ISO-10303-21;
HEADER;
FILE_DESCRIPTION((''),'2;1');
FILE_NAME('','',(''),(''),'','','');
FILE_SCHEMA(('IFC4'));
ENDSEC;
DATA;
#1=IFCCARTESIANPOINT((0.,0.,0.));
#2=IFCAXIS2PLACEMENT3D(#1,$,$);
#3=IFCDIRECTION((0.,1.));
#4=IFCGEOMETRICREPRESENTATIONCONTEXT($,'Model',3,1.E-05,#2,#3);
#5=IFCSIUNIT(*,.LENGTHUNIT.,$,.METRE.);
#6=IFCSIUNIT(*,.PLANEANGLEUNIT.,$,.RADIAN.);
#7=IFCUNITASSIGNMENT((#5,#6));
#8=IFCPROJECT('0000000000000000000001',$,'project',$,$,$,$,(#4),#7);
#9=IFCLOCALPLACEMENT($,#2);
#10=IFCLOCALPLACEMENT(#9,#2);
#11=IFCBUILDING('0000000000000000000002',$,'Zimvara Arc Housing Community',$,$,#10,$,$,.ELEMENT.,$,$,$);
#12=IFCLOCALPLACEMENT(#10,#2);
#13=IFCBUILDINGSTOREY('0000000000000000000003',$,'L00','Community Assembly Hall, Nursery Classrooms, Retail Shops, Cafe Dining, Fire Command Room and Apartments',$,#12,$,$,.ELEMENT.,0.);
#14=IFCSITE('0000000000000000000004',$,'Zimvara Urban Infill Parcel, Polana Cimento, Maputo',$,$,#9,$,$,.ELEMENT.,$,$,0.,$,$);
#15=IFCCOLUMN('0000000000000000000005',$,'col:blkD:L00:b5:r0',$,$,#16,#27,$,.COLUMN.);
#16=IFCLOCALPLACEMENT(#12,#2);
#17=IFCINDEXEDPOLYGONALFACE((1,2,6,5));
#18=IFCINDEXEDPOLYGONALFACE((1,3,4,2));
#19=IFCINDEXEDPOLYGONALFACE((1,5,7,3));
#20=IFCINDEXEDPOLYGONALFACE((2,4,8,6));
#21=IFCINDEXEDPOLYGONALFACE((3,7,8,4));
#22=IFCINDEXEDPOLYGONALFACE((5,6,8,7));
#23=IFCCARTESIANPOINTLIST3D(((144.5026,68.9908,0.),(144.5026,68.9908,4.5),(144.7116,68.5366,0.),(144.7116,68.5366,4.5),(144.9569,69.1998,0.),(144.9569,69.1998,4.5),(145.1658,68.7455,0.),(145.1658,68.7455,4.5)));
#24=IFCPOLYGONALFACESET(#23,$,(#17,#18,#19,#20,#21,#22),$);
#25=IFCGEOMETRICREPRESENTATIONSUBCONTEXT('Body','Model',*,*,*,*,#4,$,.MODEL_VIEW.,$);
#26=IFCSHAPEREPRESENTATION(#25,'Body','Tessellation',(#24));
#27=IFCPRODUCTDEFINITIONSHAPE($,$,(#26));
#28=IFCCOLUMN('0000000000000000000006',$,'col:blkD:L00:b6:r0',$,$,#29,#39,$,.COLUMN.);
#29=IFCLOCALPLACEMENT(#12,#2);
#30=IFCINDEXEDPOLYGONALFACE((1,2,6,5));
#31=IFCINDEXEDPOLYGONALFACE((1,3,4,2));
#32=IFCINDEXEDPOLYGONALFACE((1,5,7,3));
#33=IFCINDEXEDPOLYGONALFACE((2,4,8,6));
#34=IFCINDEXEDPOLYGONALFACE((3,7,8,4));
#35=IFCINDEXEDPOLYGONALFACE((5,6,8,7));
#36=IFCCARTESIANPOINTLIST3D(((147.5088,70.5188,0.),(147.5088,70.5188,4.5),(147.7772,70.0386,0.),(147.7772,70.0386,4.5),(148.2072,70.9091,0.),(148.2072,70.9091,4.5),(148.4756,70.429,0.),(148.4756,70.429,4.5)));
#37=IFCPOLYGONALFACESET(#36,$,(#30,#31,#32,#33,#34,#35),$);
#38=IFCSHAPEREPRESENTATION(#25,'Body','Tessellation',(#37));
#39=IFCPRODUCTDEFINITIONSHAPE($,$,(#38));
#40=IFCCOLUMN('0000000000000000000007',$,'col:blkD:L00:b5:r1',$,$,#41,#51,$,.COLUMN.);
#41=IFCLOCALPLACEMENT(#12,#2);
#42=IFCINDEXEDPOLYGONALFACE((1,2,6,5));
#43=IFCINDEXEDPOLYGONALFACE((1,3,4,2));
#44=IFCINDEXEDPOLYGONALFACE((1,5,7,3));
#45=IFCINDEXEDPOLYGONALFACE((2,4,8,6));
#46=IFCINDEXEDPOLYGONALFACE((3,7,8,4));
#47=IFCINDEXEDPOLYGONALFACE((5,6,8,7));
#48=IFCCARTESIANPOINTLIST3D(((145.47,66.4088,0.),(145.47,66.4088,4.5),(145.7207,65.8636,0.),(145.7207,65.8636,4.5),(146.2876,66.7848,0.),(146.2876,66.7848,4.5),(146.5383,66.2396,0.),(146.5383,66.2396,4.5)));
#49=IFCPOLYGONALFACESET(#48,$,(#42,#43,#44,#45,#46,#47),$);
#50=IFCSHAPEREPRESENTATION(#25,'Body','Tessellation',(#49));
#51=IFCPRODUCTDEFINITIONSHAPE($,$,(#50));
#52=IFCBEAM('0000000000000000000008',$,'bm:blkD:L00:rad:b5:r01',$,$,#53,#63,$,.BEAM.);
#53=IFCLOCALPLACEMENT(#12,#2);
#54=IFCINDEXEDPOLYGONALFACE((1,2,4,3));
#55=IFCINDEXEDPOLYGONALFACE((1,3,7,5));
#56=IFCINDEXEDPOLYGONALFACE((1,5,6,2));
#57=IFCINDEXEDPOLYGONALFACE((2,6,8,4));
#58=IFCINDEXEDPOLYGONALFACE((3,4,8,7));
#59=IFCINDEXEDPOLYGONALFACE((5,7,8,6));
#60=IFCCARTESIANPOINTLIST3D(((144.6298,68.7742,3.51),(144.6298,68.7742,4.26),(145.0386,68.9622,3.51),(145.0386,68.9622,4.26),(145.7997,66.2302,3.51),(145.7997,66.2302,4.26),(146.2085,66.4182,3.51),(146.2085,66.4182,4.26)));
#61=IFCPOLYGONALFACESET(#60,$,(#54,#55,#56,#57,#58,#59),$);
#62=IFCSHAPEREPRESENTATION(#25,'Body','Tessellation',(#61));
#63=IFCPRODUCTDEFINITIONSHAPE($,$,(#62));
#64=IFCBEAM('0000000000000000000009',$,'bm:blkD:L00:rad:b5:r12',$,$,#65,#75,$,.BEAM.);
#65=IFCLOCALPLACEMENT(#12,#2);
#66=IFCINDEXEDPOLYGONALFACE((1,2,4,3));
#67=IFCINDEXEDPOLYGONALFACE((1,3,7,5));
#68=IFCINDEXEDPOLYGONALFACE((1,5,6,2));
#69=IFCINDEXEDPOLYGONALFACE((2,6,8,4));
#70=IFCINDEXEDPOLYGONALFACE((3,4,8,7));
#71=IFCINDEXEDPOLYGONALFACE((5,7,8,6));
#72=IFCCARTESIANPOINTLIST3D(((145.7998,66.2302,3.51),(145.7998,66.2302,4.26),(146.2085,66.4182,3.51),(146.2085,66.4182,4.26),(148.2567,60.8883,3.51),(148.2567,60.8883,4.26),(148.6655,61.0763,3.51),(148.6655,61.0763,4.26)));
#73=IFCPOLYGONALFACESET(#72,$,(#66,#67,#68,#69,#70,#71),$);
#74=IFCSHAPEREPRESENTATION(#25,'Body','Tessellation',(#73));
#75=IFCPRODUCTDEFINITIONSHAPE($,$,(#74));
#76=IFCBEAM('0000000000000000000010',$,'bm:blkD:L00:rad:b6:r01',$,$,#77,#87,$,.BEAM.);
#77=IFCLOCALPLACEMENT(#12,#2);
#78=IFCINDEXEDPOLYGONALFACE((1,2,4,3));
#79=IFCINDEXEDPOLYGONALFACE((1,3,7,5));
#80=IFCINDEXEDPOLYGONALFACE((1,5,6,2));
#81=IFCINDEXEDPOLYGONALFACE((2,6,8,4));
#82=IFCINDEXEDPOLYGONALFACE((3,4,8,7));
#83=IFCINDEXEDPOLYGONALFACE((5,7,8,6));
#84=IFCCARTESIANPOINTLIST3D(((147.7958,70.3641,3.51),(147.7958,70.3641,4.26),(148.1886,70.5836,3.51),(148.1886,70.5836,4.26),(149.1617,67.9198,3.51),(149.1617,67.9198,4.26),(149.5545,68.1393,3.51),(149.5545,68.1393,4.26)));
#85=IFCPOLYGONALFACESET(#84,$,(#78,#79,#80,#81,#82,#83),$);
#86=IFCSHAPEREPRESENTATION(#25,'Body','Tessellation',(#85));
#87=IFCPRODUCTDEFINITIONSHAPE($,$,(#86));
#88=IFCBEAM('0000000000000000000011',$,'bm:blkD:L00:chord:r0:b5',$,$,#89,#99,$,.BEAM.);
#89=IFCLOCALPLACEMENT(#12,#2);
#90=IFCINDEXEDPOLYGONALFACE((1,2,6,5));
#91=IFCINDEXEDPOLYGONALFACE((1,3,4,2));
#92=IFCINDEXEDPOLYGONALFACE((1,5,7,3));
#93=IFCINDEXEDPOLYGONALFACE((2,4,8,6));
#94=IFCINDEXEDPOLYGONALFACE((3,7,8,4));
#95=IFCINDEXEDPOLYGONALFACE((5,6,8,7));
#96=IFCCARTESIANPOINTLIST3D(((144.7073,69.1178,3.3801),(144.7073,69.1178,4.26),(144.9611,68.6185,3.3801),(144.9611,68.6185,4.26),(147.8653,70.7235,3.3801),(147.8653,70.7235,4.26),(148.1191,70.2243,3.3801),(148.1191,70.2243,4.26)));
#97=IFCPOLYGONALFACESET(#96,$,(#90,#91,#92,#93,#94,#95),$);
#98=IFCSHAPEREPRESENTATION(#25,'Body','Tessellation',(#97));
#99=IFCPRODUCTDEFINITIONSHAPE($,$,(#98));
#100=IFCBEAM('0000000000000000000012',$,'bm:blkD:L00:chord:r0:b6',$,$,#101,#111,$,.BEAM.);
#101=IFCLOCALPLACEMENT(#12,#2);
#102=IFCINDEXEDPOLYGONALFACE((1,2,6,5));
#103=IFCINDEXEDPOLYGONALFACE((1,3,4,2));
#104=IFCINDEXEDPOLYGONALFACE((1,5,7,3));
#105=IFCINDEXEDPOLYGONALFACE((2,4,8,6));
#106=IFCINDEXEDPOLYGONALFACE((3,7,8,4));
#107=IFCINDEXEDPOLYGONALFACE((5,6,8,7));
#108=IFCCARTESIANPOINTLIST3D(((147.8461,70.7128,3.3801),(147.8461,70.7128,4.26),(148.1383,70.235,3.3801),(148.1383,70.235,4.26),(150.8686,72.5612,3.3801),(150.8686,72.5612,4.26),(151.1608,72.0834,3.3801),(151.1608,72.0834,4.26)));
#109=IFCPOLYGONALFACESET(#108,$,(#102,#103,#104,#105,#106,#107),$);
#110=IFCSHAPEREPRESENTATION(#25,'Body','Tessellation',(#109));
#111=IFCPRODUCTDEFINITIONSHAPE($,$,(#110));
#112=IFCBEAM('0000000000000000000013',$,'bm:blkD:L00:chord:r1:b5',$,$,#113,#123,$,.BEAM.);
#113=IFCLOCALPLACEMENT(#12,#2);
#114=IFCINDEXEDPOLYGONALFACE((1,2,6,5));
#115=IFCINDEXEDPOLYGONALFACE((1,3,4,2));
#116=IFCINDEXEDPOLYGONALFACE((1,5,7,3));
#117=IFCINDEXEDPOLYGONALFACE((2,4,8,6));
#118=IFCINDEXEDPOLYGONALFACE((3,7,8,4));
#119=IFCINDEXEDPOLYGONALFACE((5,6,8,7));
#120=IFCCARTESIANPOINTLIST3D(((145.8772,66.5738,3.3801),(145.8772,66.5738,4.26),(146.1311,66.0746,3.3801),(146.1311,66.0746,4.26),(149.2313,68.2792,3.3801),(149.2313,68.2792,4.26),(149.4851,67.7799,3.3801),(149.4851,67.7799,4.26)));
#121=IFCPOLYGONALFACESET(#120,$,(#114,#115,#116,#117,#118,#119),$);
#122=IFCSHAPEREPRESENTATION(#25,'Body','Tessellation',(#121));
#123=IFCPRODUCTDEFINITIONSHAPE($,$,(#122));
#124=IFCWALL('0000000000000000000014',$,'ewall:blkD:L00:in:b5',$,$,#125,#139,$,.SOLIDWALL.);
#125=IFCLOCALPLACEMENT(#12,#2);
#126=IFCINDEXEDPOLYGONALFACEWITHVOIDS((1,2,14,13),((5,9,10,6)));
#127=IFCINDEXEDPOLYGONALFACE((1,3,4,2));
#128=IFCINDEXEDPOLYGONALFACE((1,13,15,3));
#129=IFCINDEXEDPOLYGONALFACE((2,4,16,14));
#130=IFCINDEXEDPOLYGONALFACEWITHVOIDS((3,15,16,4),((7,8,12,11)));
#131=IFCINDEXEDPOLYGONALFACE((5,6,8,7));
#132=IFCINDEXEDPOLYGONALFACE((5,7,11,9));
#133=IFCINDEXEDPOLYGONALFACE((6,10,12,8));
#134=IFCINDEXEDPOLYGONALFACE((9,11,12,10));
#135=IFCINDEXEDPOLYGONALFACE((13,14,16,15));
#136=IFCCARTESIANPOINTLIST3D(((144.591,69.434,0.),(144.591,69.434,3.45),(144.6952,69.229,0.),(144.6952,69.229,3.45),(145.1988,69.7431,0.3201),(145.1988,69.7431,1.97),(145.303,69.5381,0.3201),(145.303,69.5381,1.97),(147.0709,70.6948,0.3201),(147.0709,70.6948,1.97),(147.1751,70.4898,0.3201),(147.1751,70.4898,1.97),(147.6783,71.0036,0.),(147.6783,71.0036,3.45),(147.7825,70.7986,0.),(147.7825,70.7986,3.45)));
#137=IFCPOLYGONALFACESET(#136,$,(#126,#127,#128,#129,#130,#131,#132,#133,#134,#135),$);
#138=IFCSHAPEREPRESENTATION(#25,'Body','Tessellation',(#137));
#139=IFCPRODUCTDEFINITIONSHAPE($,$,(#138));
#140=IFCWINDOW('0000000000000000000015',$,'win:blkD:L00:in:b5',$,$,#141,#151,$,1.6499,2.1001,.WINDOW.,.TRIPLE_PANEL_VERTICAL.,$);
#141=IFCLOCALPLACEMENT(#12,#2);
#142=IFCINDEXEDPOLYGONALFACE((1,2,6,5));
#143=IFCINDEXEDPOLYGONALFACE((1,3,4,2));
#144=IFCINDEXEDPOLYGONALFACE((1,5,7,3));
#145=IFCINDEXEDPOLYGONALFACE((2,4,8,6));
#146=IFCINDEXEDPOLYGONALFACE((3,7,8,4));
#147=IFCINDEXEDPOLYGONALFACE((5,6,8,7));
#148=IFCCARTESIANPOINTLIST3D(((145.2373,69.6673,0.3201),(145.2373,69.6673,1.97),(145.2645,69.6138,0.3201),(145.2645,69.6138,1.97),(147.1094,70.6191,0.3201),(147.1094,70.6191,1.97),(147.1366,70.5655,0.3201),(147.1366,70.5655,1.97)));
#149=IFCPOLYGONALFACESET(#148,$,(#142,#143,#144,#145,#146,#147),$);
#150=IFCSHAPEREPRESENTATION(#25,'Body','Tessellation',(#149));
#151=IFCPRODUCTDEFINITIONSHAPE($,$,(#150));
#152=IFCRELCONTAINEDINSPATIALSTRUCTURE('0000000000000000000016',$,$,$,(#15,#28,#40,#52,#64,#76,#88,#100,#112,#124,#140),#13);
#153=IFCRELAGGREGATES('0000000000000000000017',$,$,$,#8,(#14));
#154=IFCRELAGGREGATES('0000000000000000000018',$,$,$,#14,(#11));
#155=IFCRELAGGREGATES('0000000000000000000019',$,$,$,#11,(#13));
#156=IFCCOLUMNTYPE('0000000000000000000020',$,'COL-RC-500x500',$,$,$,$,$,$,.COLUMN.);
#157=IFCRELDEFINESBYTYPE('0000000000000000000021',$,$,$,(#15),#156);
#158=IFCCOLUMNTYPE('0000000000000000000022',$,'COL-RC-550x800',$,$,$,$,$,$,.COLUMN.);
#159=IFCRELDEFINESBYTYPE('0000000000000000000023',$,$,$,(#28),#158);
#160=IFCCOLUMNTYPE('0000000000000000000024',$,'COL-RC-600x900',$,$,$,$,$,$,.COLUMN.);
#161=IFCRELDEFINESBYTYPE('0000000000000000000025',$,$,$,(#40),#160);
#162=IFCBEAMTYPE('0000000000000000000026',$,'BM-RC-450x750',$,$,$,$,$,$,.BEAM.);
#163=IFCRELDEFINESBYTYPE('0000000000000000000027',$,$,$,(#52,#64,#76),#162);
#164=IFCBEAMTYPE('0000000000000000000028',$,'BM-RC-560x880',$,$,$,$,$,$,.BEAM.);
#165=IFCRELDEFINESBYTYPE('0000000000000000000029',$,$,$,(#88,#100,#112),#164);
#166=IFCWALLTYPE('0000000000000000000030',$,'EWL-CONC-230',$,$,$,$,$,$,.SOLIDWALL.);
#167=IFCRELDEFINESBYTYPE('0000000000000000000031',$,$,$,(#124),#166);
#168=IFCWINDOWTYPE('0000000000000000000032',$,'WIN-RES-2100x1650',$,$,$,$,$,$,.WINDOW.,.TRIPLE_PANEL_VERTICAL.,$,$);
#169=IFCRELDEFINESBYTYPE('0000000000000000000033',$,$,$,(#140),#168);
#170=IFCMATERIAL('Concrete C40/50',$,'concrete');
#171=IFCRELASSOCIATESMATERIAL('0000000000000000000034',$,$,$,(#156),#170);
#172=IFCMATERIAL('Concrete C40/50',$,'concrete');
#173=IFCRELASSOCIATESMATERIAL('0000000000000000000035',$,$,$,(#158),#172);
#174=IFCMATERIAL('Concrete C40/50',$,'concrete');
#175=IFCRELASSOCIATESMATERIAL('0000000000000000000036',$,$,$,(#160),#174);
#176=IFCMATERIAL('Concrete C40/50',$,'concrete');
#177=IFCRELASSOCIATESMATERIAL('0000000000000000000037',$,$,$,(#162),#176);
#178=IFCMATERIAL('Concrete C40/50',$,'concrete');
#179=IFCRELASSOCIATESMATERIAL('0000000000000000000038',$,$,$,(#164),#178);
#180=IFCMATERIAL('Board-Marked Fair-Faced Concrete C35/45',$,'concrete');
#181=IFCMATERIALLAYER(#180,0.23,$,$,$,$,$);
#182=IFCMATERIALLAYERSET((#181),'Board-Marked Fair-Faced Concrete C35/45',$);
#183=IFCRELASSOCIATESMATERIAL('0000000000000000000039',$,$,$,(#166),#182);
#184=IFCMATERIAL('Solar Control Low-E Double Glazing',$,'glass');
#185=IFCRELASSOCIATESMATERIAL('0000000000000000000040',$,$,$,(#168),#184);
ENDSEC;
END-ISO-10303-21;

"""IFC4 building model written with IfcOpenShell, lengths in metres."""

from ifc_helpers import new_model, si_unit, direction, frame, frame_2d, origin, origin_2d, place, context, subcontext, project, spatial, rectangle, extrude, material, layer, layer_set, material_profile, profile_set, type_object, element, fill, save


model = new_model("IFC4")

# Units and contexts
model_context = context("Model", 3, precision=1e-05, world=origin(), true_north=direction((0.0, 1.0)))
body_context = subcontext(model_context, "Body", "Model", "MODEL_VIEW")
ifc_project = project(units=[si_unit("LENGTHUNIT", "METRE"), si_unit("PLANEANGLEUNIT", "RADIAN")], contexts=[model_context])

# Site, building, storey
site_placement = place(None, origin())
site = spatial("IfcSite", under=ifc_project, at=site_placement, Name="Zimvara Urban Infill Parcel, Polana Cimento, Maputo", CompositionType="ELEMENT", RefElevation=0.0)
building_placement = place(site_placement, origin())
building = spatial("IfcBuilding", under=site, at=building_placement, Name="Zimvara Arc Housing Community", CompositionType="ELEMENT")
storey_placement = place(building_placement, origin())
storey = spatial("IfcBuildingStorey", under=building, at=storey_placement, Name="L00", Description="Community Assembly Hall, Nursery Classrooms, Retail Shops, Cafe Dining, Fire Command Room and Apartments", CompositionType="ELEMENT", Elevation=0.0)

# Columns
ifc_material_1 = material(Name="Concrete C40/50", Category="concrete")
ifc_material_profile_1 = material_profile(ifc_material_1, rectangle(XDim=0.5, YDim=0.5, at=origin_2d()), Name="RC 500x500")
ifc_profile_set_1 = profile_set([ifc_material_profile_1], Name="Concrete C40/50")
column_type_1 = type_object("IfcColumnType", Name="COL-RC-500x500", PredefinedType="COLUMN", material=ifc_profile_set_1)
column_1_placement = place(storey_placement, frame((144.8342, 68.8682, 0.0), z_axis=(0.0, 0.0, 1.0), x_axis=(0.417867, -0.908508, 0.0)))
element("IfcColumn", 1, at=column_1_placement, inside=storey, type_object=column_type_1, Name="col:blkD:L00:b5:r0", PredefinedType="COLUMN", context=body_context, shape_type="SweptSolid", body=[
    extrude(rectangle(XDim=0.5, YDim=0.5, at=origin_2d()), origin(), (0.0, 0.0, 1.0), 4.5),
])
ifc_material_2 = material(Name="Concrete C40/50", Category="concrete")
ifc_material_profile_2 = material_profile(ifc_material_2, rectangle(XDim=0.55, YDim=0.8, at=origin_2d()), Name="RC 550x800")
ifc_profile_set_2 = profile_set([ifc_material_profile_2], Name="Concrete C40/50")
column_type_2 = type_object("IfcColumnType", Name="COL-RC-550x800", PredefinedType="COLUMN", material=ifc_profile_set_2)
column_2_placement = place(storey_placement, frame((147.9922, 70.4739, 0.0), z_axis=(0.0, 0.0, 1.0), x_axis=(0.48786, -0.872922, 0.0)))
element("IfcColumn", 2, at=column_2_placement, inside=storey, type_object=column_type_2, Name="col:blkD:L00:b6:r0", PredefinedType="COLUMN", context=body_context, shape_type="SweptSolid", body=[
    extrude(rectangle(XDim=0.55, YDim=0.8, at=origin_2d()), origin(), (0.0, 0.0, 1.0), 4.5),
])
ifc_material_3 = material(Name="Concrete C40/50", Category="concrete")
ifc_material_profile_3 = material_profile(ifc_material_3, rectangle(XDim=0.6001, YDim=0.8999, at=origin_2d()), Name="RC 600x900")
ifc_profile_set_3 = profile_set([ifc_material_profile_3], Name="Concrete C40/50")
column_type_3 = type_object("IfcColumnType", Name="COL-RC-600x900", PredefinedType="COLUMN", material=ifc_profile_set_3)
column_3_placement = place(storey_placement, frame((146.0042, 66.3242, 0.0), z_axis=(0.0, 0.0, 1.0), x_axis=(0.417867, -0.908508, 0.0)))
element("IfcColumn", 3, at=column_3_placement, inside=storey, type_object=column_type_3, Name="col:blkD:L00:b5:r1", PredefinedType="COLUMN", context=body_context, shape_type="SweptSolid", body=[
    extrude(rectangle(XDim=0.6001, YDim=0.8999, at=origin_2d()), origin(), (0.0, 0.0, 1.0), 4.5),
])

# Beams
ifc_material_4 = material(Name="Concrete C40/50", Category="concrete")
ifc_material_profile_4 = material_profile(ifc_material_4, rectangle(XDim=0.45, YDim=0.75, at=origin_2d()), Name="RC 450x750")
ifc_profile_set_4 = profile_set([ifc_material_profile_4], Name="Concrete C40/50")
beam_type_1 = type_object("IfcBeamType", Name="BM-RC-450x750", PredefinedType="BEAM", material=ifc_profile_set_4)
beam_1_placement = place(storey_placement, frame((144.8342, 68.8682, 3.885), z_axis=(0.417819, -0.90853, 0.0), x_axis=(0.90853, 0.417819, 0.0)))
element("IfcBeam", 4, at=beam_1_placement, inside=storey, type_object=beam_type_1, Name="bm:blkD:L00:rad:b5:r01", PredefinedType="BEAM", context=body_context, shape_type="SweptSolid", body=[
    extrude(rectangle(XDim=0.45, YDim=0.75, at=origin_2d()), origin(), (0.0, 0.0, 1.0), 2.8),
])
beam_2_placement = place(storey_placement, frame((146.0042, 66.3242, 3.885), z_axis=(0.417862, -0.90851, 0.0), x_axis=(0.90851, 0.417862, 0.0)))
element("IfcBeam", 5, at=beam_2_placement, inside=storey, type_object=beam_type_1, Name="bm:blkD:L00:rad:b5:r12", PredefinedType="BEAM", context=body_context, shape_type="SweptSolid", body=[
    extrude(rectangle(XDim=0.45, YDim=0.75, at=origin_2d()), origin(), (0.0, 0.0, 1.0), 5.8799),
])
beam_3_placement = place(storey_placement, frame((147.9922, 70.4739, 3.885), z_axis=(0.487825, -0.872941, 0.0), x_axis=(0.872941, 0.487825, 0.0)))
element("IfcBeam", 6, at=beam_3_placement, inside=storey, type_object=beam_type_1, Name="bm:blkD:L00:rad:b6:r01", PredefinedType="BEAM", context=body_context, shape_type="SweptSolid", body=[
    extrude(rectangle(XDim=0.45, YDim=0.75, at=origin_2d()), origin(), (0.0, 0.0, 1.0), 2.8),
])
ifc_material_5 = material(Name="Concrete C40/50", Category="concrete")
ifc_material_profile_5 = material_profile(ifc_material_5, rectangle(XDim=0.5601, YDim=0.8799, at=origin_2d()), Name="RC 560x880")
ifc_profile_set_5 = profile_set([ifc_material_profile_5], Name="Concrete C40/50")
beam_type_2 = type_object("IfcBeamType", Name="BM-RC-560x880", PredefinedType="BEAM", material=ifc_profile_set_5)
beam_4_placement = place(storey_placement, frame((144.8342, 68.8682, 3.8201), z_axis=(0.891388, 0.45324, 0.0), x_axis=(-0.45324, 0.891388, 0.0)))
element("IfcBeam", 7, at=beam_4_placement, inside=storey, type_object=beam_type_2, Name="bm:blkD:L00:chord:r0:b5", PredefinedType="BEAM", context=body_context, shape_type="SweptSolid", body=[
    extrude(rectangle(XDim=0.5601, YDim=0.8799, at=origin_2d()), origin(), (0.0, 0.0, 1.0), 3.5427),
])
beam_5_placement = place(storey_placement, frame((147.9922, 70.4739, 3.8201), z_axis=(0.853115, 0.521723, 0.0), x_axis=(-0.521723, 0.853115, 0.0)))
element("IfcBeam", 8, at=beam_5_placement, inside=storey, type_object=beam_type_2, Name="bm:blkD:L00:chord:r0:b6", PredefinedType="BEAM", context=body_context, shape_type="SweptSolid", body=[
    extrude(rectangle(XDim=0.5601, YDim=0.8799, at=origin_2d()), origin(), (0.0, 0.0, 1.0), 3.543),
])
beam_6_placement = place(storey_placement, frame((146.0042, 66.3242, 3.8201), z_axis=(0.891396, 0.453225, 0.0), x_axis=(-0.453225, 0.891396, 0.0)))
element("IfcBeam", 9, at=beam_6_placement, inside=storey, type_object=beam_type_2, Name="bm:blkD:L00:chord:r1:b5", PredefinedType="BEAM", context=body_context, shape_type="SweptSolid", body=[
    extrude(rectangle(XDim=0.5601, YDim=0.8799, at=origin_2d()), origin(), (0.0, 0.0, 1.0), 3.7627),
])

# Wall, opening, window
ifc_material_6 = material(Name="Board-Marked Fair-Faced Concrete C35/45", Category="concrete")
ifc_layer_1 = layer(ifc_material_6, 0.23)
ifc_layer_set_1 = layer_set([ifc_layer_1], Name="Board-Marked Fair-Faced Concrete C35/45")
wall_type_1 = type_object("IfcWallType", Name="EWL-CONC-230", PredefinedType="SOLIDWALL", material=ifc_layer_set_1)
wall_1_placement = place(storey_placement, frame((144.6431, 69.3315, 0.0), z_axis=(0.0, 0.0, 1.0), x_axis=(0.891418, 0.453181, 0.0)))
wall_1 = element("IfcWall", 10, at=wall_1_placement, inside=storey, type_object=wall_type_1, Name="ewall:blkD:L00:in:b5", PredefinedType="SOLIDWALL", context=body_context, shape_type="SweptSolid", body=[
    extrude(rectangle(XDim=3.4634, YDim=0.23, at=frame_2d((1.7317, 0.0))), origin(), (0.0, 0.0, 1.0), 3.45),
])
opening_1_placement = place(wall_1_placement, frame((0.6819, 0.0, 0.3201)))
opening_1 = element("IfcOpeningElement", 11, at=opening_1_placement, cuts=wall_1, PredefinedType="OPENING", context=body_context, shape_type="SweptSolid", body=[
    extrude(rectangle(XDim=2.1001, YDim=1.6499, at=frame_2d((1.05, 0.825))), frame((0.0, 0.125, 0.0), z_axis=(0.0, -1.0, 0.0), x_axis=(1.0, 0.0, 0.0)), (0.0, 0.0, 1.0), 0.25),
])
ifc_material_7 = material(Name="Solar Control Low-E Double Glazing", Category="glass")
window_type = type_object("IfcWindowType", Name="WIN-RES-2100x1650", PartitioningType="TRIPLE_PANEL_VERTICAL", PredefinedType="WINDOW", material=ifc_material_7)
window_1_placement = place(opening_1_placement, origin())
window_1 = element("IfcWindow", 12, at=window_1_placement, inside=storey, type_object=window_type, Name="win:blkD:L00:in:b5", OverallHeight=1.6499, OverallWidth=2.1001, PartitioningType="TRIPLE_PANEL_VERTICAL", PredefinedType="WINDOW", context=body_context, shape_type="SweptSolid", body=[
    extrude(rectangle(XDim=2.1001, YDim=1.6499, at=frame_2d((1.05, 0.825))), frame((0.0, 0.03, 0.0), z_axis=(0.0, -1.0, 0.0), x_axis=(1.0, 0.0, 0.0)), (0.0, 0.0, 1.0), 0.0601),
])
fill(opening_1, window_1)

save(model, "model.ifc")
